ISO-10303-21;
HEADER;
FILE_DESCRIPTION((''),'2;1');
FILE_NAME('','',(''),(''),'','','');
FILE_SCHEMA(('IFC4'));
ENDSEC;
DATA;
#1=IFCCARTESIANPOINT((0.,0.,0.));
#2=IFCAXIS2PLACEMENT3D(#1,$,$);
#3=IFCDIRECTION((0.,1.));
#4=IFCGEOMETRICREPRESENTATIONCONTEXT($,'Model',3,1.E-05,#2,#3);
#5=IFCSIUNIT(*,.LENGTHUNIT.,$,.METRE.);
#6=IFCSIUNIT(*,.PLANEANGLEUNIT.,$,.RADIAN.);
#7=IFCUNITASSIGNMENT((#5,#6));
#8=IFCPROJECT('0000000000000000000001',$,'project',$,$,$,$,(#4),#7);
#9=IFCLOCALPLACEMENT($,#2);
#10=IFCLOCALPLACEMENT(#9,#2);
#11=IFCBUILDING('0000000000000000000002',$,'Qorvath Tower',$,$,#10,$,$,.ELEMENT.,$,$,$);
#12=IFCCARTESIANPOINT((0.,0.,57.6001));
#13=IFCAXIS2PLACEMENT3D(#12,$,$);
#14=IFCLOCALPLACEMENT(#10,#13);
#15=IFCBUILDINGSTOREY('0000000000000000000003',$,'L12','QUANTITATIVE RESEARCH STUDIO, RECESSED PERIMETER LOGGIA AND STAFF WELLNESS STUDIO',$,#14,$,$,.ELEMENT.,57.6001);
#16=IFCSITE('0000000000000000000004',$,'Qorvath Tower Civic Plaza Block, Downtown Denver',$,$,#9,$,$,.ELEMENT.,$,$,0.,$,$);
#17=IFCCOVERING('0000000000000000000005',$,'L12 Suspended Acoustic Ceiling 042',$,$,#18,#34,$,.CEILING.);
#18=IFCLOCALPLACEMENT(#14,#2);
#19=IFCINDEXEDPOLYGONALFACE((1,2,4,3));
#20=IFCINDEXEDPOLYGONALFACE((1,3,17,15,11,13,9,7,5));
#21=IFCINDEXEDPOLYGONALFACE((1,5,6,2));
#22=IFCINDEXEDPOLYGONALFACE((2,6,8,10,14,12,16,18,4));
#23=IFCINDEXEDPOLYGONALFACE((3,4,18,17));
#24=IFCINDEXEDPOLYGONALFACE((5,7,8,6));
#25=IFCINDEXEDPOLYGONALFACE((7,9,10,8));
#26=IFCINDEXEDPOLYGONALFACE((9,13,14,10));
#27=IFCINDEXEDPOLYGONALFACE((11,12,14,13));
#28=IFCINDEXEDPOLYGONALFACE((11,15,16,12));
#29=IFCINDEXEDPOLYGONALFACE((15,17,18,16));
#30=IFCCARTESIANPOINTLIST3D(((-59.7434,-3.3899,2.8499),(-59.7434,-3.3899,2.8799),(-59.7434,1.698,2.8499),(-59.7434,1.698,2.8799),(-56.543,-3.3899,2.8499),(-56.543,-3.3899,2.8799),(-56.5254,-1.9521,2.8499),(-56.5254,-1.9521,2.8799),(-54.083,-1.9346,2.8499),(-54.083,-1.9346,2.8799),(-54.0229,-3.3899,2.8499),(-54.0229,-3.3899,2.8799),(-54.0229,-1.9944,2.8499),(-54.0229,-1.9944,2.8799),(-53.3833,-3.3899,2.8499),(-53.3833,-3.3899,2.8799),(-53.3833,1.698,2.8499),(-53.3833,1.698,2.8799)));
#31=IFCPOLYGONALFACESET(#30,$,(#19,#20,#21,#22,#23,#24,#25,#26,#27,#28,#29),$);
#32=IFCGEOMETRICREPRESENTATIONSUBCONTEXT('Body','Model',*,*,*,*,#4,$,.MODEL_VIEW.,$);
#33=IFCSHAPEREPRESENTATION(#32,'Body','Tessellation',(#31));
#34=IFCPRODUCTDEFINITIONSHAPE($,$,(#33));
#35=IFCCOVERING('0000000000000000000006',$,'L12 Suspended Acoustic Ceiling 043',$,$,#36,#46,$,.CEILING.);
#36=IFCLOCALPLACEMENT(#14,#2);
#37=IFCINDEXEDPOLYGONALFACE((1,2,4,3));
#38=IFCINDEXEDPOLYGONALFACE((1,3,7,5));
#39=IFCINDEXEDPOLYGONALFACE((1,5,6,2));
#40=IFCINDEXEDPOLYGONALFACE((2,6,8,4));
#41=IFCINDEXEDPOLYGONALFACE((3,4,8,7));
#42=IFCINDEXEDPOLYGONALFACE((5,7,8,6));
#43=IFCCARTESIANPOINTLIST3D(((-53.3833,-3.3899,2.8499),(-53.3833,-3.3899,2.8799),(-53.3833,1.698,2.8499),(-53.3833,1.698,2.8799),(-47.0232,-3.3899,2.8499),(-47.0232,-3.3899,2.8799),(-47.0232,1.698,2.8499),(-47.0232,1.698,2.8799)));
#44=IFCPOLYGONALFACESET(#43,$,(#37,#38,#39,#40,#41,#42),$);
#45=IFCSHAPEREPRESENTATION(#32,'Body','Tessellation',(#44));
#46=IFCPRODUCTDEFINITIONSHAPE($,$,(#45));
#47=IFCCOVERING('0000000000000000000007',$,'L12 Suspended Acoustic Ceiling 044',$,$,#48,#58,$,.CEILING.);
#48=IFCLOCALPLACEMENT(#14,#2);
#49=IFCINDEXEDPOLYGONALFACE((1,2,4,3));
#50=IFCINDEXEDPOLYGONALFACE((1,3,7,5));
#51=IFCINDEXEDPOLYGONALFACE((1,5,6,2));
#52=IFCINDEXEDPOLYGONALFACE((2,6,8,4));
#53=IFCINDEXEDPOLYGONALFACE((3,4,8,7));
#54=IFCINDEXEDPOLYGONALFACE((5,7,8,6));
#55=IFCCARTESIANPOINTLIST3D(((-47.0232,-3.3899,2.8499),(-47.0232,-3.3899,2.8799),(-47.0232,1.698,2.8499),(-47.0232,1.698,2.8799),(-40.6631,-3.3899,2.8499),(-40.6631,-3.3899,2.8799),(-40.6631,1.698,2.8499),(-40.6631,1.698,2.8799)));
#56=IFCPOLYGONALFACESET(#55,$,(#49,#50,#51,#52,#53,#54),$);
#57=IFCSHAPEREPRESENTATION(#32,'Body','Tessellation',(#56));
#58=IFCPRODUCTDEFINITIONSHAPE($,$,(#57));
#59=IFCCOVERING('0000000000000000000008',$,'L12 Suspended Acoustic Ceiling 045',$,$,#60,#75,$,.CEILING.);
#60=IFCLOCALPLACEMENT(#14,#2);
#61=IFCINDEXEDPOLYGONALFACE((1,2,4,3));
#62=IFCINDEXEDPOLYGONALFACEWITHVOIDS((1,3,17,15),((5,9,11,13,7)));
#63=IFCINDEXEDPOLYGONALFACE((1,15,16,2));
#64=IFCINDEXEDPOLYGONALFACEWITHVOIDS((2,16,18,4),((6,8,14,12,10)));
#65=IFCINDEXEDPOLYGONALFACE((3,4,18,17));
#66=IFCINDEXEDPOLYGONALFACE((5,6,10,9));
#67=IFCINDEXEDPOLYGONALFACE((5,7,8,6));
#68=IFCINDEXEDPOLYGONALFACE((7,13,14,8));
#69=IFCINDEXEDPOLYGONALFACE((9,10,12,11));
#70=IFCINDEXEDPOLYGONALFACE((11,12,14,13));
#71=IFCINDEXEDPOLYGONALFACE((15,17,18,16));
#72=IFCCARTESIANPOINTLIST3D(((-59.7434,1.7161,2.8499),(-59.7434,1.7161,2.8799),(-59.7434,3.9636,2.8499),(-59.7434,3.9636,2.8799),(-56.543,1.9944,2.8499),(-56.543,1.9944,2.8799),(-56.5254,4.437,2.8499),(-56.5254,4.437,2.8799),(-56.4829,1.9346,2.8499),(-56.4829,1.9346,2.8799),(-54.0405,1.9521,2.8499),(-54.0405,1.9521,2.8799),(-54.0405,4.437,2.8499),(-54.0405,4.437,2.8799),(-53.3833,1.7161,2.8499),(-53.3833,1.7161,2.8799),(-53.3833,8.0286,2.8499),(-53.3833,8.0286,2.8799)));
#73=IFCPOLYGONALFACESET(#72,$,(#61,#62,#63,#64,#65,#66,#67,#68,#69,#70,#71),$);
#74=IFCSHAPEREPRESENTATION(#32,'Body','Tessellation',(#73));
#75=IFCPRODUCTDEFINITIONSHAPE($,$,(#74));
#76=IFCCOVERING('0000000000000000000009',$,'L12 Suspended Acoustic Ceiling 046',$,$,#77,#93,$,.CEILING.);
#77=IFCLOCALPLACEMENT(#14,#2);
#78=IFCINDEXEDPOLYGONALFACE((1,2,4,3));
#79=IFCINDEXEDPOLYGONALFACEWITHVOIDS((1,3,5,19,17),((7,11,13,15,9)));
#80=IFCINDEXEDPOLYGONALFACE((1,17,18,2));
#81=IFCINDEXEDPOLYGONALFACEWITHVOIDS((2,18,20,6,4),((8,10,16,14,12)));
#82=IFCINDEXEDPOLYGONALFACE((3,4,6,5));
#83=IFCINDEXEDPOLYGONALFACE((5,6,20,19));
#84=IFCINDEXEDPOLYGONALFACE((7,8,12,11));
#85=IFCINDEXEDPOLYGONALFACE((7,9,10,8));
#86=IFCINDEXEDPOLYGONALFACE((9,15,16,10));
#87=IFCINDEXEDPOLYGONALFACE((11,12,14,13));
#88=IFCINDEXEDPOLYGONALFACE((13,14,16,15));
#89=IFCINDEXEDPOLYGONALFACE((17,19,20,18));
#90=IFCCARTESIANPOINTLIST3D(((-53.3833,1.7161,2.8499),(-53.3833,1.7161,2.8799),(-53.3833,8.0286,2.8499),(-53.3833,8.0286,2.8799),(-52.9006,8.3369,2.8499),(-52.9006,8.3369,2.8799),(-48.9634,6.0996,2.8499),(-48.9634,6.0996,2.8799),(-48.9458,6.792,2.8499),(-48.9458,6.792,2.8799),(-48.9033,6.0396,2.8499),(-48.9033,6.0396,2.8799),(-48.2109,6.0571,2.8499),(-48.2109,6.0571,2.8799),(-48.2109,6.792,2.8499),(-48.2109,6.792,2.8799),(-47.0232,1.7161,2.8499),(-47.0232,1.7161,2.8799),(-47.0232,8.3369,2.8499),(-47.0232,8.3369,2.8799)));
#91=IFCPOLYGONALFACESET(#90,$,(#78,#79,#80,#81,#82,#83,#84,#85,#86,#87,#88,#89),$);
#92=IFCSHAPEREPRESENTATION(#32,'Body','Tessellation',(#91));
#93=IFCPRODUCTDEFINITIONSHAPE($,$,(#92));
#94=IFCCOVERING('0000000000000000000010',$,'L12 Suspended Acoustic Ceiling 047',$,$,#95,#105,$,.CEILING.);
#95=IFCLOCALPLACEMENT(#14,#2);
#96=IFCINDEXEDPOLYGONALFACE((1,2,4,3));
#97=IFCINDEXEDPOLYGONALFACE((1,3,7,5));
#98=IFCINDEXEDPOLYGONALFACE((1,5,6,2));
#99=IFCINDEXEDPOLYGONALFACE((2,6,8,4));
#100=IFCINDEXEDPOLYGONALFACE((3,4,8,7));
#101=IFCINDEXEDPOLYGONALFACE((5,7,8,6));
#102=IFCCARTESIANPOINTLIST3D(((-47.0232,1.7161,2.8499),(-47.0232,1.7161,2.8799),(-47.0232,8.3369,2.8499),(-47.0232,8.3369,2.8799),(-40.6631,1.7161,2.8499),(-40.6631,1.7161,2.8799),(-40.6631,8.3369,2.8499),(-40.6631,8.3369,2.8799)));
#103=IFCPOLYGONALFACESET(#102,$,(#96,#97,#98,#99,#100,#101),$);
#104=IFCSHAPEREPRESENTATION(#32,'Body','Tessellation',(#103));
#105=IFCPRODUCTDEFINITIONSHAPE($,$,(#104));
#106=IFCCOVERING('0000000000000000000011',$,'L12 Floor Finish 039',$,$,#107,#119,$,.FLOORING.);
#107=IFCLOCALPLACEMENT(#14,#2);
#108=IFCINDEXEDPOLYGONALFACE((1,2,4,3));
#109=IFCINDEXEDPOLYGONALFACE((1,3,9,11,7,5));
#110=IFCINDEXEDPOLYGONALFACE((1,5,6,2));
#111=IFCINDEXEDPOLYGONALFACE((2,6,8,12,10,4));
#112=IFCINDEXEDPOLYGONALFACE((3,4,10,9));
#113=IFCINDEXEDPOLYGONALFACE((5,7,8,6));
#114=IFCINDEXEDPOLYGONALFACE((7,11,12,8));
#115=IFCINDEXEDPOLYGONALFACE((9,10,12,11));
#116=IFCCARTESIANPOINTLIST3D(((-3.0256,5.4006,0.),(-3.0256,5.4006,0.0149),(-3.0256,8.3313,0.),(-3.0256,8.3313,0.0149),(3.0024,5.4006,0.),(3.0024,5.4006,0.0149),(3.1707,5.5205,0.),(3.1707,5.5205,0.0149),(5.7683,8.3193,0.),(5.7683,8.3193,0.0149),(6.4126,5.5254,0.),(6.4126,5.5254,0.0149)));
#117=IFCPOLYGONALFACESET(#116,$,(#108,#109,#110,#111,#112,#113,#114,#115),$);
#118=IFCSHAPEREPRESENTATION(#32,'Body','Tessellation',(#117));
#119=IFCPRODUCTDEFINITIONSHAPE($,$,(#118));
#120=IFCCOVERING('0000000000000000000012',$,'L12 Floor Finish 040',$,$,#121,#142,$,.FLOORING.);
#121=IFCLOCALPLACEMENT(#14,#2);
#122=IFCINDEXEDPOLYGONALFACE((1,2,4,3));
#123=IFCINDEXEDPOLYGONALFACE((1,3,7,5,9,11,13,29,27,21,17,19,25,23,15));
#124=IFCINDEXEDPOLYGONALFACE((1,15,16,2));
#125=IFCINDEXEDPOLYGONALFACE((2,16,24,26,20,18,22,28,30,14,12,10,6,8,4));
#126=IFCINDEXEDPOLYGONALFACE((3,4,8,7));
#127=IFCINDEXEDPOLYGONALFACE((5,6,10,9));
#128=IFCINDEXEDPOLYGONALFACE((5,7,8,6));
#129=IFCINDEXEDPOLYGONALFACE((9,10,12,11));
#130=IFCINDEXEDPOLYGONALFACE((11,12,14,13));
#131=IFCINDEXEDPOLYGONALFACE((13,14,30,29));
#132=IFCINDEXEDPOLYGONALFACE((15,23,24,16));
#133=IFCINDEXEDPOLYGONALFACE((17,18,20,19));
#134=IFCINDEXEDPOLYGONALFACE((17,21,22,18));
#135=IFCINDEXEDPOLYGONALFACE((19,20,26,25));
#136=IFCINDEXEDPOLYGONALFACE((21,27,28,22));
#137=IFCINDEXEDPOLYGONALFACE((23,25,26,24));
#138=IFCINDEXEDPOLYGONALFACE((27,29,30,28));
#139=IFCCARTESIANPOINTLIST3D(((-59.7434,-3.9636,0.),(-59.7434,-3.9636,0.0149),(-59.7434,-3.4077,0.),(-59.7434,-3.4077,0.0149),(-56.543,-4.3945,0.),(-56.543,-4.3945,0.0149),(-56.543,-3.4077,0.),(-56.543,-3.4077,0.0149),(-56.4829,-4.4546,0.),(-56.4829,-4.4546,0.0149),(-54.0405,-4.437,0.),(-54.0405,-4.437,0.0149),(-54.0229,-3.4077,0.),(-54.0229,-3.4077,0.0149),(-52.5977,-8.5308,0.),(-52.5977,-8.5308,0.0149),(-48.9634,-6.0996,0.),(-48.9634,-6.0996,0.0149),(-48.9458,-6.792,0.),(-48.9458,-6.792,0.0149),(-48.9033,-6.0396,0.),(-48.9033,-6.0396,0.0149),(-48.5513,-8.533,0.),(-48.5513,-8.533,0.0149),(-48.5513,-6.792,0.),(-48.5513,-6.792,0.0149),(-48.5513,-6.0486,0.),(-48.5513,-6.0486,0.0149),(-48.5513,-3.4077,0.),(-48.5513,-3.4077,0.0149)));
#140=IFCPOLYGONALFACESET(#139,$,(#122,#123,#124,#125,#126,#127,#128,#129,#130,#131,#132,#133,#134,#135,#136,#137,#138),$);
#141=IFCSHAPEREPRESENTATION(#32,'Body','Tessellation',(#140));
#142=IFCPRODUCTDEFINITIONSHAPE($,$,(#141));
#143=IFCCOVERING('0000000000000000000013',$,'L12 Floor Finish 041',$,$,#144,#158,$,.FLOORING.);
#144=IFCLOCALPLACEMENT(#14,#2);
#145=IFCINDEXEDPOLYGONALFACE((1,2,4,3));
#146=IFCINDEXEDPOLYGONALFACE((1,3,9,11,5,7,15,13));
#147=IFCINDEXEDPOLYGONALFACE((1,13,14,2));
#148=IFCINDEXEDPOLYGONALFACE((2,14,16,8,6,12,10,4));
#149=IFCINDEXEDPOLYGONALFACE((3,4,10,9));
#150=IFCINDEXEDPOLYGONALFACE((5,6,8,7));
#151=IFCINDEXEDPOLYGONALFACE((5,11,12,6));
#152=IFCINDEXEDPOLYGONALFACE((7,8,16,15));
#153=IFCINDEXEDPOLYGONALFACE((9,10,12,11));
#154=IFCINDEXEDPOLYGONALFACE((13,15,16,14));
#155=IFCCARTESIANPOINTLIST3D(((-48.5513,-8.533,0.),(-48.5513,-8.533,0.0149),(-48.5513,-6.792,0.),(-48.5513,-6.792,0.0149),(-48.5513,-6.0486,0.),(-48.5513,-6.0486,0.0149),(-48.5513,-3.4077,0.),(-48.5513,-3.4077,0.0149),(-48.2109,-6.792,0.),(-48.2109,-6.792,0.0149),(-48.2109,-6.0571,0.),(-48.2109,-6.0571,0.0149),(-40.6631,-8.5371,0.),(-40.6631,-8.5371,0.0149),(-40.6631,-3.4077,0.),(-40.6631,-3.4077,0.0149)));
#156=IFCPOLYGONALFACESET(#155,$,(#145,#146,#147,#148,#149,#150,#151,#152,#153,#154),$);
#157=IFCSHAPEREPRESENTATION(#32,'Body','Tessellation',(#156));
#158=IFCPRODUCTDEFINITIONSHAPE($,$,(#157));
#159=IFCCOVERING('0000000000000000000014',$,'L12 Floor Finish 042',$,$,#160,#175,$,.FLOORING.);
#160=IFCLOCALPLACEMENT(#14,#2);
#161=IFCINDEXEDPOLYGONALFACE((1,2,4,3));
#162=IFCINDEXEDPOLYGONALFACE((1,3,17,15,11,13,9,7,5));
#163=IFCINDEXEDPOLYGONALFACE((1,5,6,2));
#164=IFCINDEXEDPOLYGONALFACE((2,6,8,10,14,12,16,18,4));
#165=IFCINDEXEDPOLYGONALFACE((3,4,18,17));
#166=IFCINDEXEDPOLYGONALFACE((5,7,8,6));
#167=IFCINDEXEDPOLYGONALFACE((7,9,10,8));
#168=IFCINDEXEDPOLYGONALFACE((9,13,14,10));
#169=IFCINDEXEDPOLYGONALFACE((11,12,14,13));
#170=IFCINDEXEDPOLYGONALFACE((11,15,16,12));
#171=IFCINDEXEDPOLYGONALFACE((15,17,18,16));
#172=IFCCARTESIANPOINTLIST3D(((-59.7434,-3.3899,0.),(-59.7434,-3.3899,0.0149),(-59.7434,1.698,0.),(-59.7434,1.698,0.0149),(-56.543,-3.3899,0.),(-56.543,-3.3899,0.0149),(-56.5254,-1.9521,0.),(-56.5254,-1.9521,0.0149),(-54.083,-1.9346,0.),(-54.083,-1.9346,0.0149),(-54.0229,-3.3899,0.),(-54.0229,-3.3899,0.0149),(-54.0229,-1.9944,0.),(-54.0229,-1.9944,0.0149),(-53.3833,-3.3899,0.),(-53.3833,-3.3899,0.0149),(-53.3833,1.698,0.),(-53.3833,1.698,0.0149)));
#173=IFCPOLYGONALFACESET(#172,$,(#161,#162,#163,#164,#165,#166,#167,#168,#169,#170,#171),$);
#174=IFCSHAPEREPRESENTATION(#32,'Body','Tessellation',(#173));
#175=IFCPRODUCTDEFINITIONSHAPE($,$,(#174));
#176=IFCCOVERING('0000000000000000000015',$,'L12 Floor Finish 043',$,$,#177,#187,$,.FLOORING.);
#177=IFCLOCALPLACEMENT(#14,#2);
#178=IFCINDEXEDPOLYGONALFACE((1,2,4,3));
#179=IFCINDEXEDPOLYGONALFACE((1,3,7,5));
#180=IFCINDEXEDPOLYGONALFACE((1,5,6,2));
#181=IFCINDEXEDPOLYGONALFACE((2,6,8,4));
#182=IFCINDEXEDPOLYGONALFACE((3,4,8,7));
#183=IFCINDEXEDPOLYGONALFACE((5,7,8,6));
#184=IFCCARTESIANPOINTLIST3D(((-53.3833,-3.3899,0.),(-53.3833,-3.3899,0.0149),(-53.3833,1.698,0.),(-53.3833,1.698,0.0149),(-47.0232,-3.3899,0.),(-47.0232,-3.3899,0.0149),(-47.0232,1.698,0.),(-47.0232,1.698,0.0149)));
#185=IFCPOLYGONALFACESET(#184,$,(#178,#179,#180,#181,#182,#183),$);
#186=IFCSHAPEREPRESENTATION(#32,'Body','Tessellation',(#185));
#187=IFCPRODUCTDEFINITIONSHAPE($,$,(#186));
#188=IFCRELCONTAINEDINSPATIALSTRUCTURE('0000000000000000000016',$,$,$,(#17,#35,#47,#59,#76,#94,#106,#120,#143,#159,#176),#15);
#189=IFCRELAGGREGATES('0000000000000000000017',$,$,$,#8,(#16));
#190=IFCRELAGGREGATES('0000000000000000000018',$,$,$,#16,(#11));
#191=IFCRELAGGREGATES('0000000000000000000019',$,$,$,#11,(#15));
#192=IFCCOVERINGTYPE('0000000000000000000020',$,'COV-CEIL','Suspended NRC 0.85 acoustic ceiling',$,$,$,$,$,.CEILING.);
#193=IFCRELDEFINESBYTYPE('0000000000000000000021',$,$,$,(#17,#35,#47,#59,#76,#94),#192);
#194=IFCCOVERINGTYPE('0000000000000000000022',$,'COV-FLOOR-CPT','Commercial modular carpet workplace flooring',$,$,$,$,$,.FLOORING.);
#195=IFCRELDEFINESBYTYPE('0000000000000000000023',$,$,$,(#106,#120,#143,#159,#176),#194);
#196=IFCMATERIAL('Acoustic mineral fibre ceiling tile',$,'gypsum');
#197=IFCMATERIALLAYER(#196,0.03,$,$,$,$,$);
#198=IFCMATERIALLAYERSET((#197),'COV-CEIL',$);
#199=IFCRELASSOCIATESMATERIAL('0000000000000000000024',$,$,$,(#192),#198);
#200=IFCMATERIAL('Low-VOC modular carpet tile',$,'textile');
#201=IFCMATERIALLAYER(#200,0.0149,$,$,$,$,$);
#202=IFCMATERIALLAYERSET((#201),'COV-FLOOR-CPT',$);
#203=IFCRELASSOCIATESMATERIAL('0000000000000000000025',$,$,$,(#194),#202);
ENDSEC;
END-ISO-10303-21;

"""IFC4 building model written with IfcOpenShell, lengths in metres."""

from ifc_helpers import new_model, si_unit, direction, frame, origin, place, context, subcontext, project, spatial, polyline, outline, extrude, material, layer, layer_set, type_object, element, save


model = new_model("IFC4")

# Units and contexts
model_context = context("Model", 3, precision=1e-05, world=origin(), true_north=direction((0.0, 1.0)))
body_context = subcontext(model_context, "Body", "Model", "MODEL_VIEW")
ifc_project = project(units=[si_unit("LENGTHUNIT", "METRE"), si_unit("PLANEANGLEUNIT", "RADIAN")], contexts=[model_context])

# Site, building, storey
site_placement = place(None, origin())
site = spatial("IfcSite", under=ifc_project, at=site_placement, Name="Qorvath Tower Civic Plaza Block, Downtown Denver", CompositionType="ELEMENT", RefElevation=0.0)
building_placement = place(site_placement, origin())
building = spatial("IfcBuilding", under=site, at=building_placement, Name="Qorvath Tower", CompositionType="ELEMENT")
storey_placement = place(building_placement, frame((0.0, 0.0, 57.6001)))
storey = spatial("IfcBuildingStorey", under=building, at=storey_placement, Name="L12", Description="QUANTITATIVE RESEARCH STUDIO, RECESSED PERIMETER LOGGIA AND STAFF WELLNESS STUDIO", CompositionType="ELEMENT", Elevation=57.6001)

# Coverings
ifc_material_1 = material(Name="Acoustic mineral fibre ceiling tile", Category="gypsum")
ifc_layer_1 = layer(ifc_material_1, 0.03)
ifc_layer_set_1 = layer_set([ifc_layer_1], Name="COV-CEIL")
covering_type_1 = type_object("IfcCoveringType", Name="COV-CEIL", Description="Suspended NRC 0.85 acoustic ceiling", PredefinedType="CEILING", material=ifc_layer_set_1)
covering_1_placement = place(storey_placement, frame((0.0, 0.0, 2.8499)))
element("IfcCovering", 1, at=covering_1_placement, inside=storey, type_object=covering_type_1, Name="L12 Suspended Acoustic Ceiling 042", PredefinedType="CEILING", context=body_context, shape_type="SweptSolid", body=[
    extrude(outline(polyline([(-54.0229, -3.3899), (-53.3833, -3.3899), (-53.3833, 1.698), (-59.7434, 1.698), (-59.7434, -3.3899), (-56.543, -3.3899), (-56.5254, -1.9521), (-54.083, -1.9346), (-54.0229, -1.9944), (-54.0229, -3.3899)])), origin(), (0.0, 0.0, 1.0), 0.03),
])
covering_2_placement = place(storey_placement, frame((0.0, 0.0, 2.8499)))
element("IfcCovering", 2, at=covering_2_placement, inside=storey, type_object=covering_type_1, Name="L12 Suspended Acoustic Ceiling 043", PredefinedType="CEILING", context=body_context, shape_type="SweptSolid", body=[
    extrude(outline(polyline([(-53.3833, 1.698), (-53.3833, -3.3899), (-47.0232, -3.3899), (-47.0232, 1.698), (-53.3833, 1.698)])), origin(), (0.0, 0.0, 1.0), 0.03),
])
covering_3_placement = place(storey_placement, frame((0.0, 0.0, 2.8499)))
element("IfcCovering", 3, at=covering_3_placement, inside=storey, type_object=covering_type_1, Name="L12 Suspended Acoustic Ceiling 044", PredefinedType="CEILING", context=body_context, shape_type="SweptSolid", body=[
    extrude(outline(polyline([(-47.0232, 1.698), (-47.0232, -3.3899), (-40.6631, -3.3899), (-40.6631, 1.698), (-47.0232, 1.698)])), origin(), (0.0, 0.0, 1.0), 0.03),
])
covering_4_placement = place(storey_placement, frame((0.0, 0.0, 2.8499)))
element("IfcCovering", 4, at=covering_4_placement, inside=storey, type_object=covering_type_1, Name="L12 Suspended Acoustic Ceiling 045", PredefinedType="CEILING", context=body_context, shape_type="SweptSolid", body=[
    extrude(outline(polyline([(-53.3833, 1.7161), (-53.3833, 8.0286), (-59.7434, 3.9636), (-59.7434, 1.7161), (-53.3833, 1.7161)]), holes=[polyline([(-56.543, 1.9944), (-56.5254, 4.437), (-54.0405, 4.437), (-54.0405, 1.9521), (-56.4829, 1.9346), (-56.543, 1.9944)])]), origin(), (0.0, 0.0, 1.0), 0.03),
])
covering_5_placement = place(storey_placement, frame((0.0, 0.0, 2.8499)))
element("IfcCovering", 5, at=covering_5_placement, inside=storey, type_object=covering_type_1, Name="L12 Suspended Acoustic Ceiling 046", PredefinedType="CEILING", context=body_context, shape_type="SweptSolid", body=[
    extrude(outline(polyline([(-47.0232, 1.7161), (-47.0232, 8.3369), (-52.9006, 8.3369), (-53.3833, 8.0286), (-53.3833, 1.7161), (-47.0232, 1.7161)]), holes=[polyline([(-48.9634, 6.0996), (-48.9458, 6.792), (-48.2109, 6.792), (-48.2109, 6.0571), (-48.9033, 6.0396), (-48.9634, 6.0996)])]), origin(), (0.0, 0.0, 1.0), 0.03),
])
covering_6_placement = place(storey_placement, frame((0.0, 0.0, 2.8499)))
element("IfcCovering", 6, at=covering_6_placement, inside=storey, type_object=covering_type_1, Name="L12 Suspended Acoustic Ceiling 047", PredefinedType="CEILING", context=body_context, shape_type="SweptSolid", body=[
    extrude(outline(polyline([(-40.6631, 1.7161), (-40.6631, 8.3369), (-47.0232, 8.3369), (-47.0232, 1.7161), (-40.6631, 1.7161)])), origin(), (0.0, 0.0, 1.0), 0.03),
])
ifc_material_2 = material(Name="Low-VOC modular carpet tile", Category="textile")
ifc_layer_2 = layer(ifc_material_2, 0.0149)
ifc_layer_set_2 = layer_set([ifc_layer_2], Name="COV-FLOOR-CPT")
covering_type_2 = type_object("IfcCoveringType", Name="COV-FLOOR-CPT", Description="Commercial modular carpet workplace flooring", PredefinedType="FLOORING", material=ifc_layer_set_2)
covering_7_placement = place(storey_placement, origin())
element("IfcCovering", 7, at=covering_7_placement, inside=storey, type_object=covering_type_2, Name="L12 Floor Finish 039", PredefinedType="FLOORING", context=body_context, shape_type="SweptSolid", body=[
    extrude(outline(polyline([(3.0024, 5.4006), (3.1707, 5.5205), (6.4126, 5.5254), (5.7683, 8.3193), (-3.0256, 8.3313), (-3.0256, 5.4006), (3.0024, 5.4006)])), origin(), (0.0, 0.0, 1.0), 0.0149),
])
covering_8_placement = place(storey_placement, origin())
element("IfcCovering", 8, at=covering_8_placement, inside=storey, type_object=covering_type_2, Name="L12 Floor Finish 040", PredefinedType="FLOORING", context=body_context, shape_type="SweptSolid", body=[
    extrude(outline(polyline([(-48.5513, -8.533), (-48.5513, -6.792), (-48.9458, -6.792), (-48.9634, -6.0996), (-48.9033, -6.0396), (-48.5513, -6.0486), (-48.5513, -3.4077), (-54.0229, -3.4077), (-54.0405, -4.437), (-56.4829, -4.4546), (-56.543, -4.3945), (-56.543, -3.4077), (-59.7434, -3.4077), (-59.7434, -3.9636), (-52.5977, -8.5308), (-48.5513, -8.533)])), origin(), (0.0, 0.0, 1.0), 0.0149),
])
covering_9_placement = place(storey_placement, origin())
element("IfcCovering", 9, at=covering_9_placement, inside=storey, type_object=covering_type_2, Name="L12 Floor Finish 041", PredefinedType="FLOORING", context=body_context, shape_type="SweptSolid", body=[
    extrude(outline(polyline([(-40.6631, -8.5371), (-40.6631, -3.4077), (-48.5513, -3.4077), (-48.5513, -6.0486), (-48.2109, -6.0571), (-48.2109, -6.792), (-48.5513, -6.792), (-48.5513, -8.533), (-40.6631, -8.5371)])), origin(), (0.0, 0.0, 1.0), 0.0149),
])
covering_10_placement = place(storey_placement, origin())
element("IfcCovering", 10, at=covering_10_placement, inside=storey, type_object=covering_type_2, Name="L12 Floor Finish 042", PredefinedType="FLOORING", context=body_context, shape_type="SweptSolid", body=[
    extrude(outline(polyline([(-54.0229, -3.3899), (-53.3833, -3.3899), (-53.3833, 1.698), (-59.7434, 1.698), (-59.7434, -3.3899), (-56.543, -3.3899), (-56.5254, -1.9521), (-54.083, -1.9346), (-54.0229, -1.9944), (-54.0229, -3.3899)])), origin(), (0.0, 0.0, 1.0), 0.0149),
])
covering_11_placement = place(storey_placement, origin())
element("IfcCovering", 11, at=covering_11_placement, inside=storey, type_object=covering_type_2, Name="L12 Floor Finish 043", PredefinedType="FLOORING", context=body_context, shape_type="SweptSolid", body=[
    extrude(outline(polyline([(-53.3833, 1.698), (-53.3833, -3.3899), (-47.0232, -3.3899), (-47.0232, 1.698), (-53.3833, 1.698)])), origin(), (0.0, 0.0, 1.0), 0.0149),
])

save(model, "model.ifc")
